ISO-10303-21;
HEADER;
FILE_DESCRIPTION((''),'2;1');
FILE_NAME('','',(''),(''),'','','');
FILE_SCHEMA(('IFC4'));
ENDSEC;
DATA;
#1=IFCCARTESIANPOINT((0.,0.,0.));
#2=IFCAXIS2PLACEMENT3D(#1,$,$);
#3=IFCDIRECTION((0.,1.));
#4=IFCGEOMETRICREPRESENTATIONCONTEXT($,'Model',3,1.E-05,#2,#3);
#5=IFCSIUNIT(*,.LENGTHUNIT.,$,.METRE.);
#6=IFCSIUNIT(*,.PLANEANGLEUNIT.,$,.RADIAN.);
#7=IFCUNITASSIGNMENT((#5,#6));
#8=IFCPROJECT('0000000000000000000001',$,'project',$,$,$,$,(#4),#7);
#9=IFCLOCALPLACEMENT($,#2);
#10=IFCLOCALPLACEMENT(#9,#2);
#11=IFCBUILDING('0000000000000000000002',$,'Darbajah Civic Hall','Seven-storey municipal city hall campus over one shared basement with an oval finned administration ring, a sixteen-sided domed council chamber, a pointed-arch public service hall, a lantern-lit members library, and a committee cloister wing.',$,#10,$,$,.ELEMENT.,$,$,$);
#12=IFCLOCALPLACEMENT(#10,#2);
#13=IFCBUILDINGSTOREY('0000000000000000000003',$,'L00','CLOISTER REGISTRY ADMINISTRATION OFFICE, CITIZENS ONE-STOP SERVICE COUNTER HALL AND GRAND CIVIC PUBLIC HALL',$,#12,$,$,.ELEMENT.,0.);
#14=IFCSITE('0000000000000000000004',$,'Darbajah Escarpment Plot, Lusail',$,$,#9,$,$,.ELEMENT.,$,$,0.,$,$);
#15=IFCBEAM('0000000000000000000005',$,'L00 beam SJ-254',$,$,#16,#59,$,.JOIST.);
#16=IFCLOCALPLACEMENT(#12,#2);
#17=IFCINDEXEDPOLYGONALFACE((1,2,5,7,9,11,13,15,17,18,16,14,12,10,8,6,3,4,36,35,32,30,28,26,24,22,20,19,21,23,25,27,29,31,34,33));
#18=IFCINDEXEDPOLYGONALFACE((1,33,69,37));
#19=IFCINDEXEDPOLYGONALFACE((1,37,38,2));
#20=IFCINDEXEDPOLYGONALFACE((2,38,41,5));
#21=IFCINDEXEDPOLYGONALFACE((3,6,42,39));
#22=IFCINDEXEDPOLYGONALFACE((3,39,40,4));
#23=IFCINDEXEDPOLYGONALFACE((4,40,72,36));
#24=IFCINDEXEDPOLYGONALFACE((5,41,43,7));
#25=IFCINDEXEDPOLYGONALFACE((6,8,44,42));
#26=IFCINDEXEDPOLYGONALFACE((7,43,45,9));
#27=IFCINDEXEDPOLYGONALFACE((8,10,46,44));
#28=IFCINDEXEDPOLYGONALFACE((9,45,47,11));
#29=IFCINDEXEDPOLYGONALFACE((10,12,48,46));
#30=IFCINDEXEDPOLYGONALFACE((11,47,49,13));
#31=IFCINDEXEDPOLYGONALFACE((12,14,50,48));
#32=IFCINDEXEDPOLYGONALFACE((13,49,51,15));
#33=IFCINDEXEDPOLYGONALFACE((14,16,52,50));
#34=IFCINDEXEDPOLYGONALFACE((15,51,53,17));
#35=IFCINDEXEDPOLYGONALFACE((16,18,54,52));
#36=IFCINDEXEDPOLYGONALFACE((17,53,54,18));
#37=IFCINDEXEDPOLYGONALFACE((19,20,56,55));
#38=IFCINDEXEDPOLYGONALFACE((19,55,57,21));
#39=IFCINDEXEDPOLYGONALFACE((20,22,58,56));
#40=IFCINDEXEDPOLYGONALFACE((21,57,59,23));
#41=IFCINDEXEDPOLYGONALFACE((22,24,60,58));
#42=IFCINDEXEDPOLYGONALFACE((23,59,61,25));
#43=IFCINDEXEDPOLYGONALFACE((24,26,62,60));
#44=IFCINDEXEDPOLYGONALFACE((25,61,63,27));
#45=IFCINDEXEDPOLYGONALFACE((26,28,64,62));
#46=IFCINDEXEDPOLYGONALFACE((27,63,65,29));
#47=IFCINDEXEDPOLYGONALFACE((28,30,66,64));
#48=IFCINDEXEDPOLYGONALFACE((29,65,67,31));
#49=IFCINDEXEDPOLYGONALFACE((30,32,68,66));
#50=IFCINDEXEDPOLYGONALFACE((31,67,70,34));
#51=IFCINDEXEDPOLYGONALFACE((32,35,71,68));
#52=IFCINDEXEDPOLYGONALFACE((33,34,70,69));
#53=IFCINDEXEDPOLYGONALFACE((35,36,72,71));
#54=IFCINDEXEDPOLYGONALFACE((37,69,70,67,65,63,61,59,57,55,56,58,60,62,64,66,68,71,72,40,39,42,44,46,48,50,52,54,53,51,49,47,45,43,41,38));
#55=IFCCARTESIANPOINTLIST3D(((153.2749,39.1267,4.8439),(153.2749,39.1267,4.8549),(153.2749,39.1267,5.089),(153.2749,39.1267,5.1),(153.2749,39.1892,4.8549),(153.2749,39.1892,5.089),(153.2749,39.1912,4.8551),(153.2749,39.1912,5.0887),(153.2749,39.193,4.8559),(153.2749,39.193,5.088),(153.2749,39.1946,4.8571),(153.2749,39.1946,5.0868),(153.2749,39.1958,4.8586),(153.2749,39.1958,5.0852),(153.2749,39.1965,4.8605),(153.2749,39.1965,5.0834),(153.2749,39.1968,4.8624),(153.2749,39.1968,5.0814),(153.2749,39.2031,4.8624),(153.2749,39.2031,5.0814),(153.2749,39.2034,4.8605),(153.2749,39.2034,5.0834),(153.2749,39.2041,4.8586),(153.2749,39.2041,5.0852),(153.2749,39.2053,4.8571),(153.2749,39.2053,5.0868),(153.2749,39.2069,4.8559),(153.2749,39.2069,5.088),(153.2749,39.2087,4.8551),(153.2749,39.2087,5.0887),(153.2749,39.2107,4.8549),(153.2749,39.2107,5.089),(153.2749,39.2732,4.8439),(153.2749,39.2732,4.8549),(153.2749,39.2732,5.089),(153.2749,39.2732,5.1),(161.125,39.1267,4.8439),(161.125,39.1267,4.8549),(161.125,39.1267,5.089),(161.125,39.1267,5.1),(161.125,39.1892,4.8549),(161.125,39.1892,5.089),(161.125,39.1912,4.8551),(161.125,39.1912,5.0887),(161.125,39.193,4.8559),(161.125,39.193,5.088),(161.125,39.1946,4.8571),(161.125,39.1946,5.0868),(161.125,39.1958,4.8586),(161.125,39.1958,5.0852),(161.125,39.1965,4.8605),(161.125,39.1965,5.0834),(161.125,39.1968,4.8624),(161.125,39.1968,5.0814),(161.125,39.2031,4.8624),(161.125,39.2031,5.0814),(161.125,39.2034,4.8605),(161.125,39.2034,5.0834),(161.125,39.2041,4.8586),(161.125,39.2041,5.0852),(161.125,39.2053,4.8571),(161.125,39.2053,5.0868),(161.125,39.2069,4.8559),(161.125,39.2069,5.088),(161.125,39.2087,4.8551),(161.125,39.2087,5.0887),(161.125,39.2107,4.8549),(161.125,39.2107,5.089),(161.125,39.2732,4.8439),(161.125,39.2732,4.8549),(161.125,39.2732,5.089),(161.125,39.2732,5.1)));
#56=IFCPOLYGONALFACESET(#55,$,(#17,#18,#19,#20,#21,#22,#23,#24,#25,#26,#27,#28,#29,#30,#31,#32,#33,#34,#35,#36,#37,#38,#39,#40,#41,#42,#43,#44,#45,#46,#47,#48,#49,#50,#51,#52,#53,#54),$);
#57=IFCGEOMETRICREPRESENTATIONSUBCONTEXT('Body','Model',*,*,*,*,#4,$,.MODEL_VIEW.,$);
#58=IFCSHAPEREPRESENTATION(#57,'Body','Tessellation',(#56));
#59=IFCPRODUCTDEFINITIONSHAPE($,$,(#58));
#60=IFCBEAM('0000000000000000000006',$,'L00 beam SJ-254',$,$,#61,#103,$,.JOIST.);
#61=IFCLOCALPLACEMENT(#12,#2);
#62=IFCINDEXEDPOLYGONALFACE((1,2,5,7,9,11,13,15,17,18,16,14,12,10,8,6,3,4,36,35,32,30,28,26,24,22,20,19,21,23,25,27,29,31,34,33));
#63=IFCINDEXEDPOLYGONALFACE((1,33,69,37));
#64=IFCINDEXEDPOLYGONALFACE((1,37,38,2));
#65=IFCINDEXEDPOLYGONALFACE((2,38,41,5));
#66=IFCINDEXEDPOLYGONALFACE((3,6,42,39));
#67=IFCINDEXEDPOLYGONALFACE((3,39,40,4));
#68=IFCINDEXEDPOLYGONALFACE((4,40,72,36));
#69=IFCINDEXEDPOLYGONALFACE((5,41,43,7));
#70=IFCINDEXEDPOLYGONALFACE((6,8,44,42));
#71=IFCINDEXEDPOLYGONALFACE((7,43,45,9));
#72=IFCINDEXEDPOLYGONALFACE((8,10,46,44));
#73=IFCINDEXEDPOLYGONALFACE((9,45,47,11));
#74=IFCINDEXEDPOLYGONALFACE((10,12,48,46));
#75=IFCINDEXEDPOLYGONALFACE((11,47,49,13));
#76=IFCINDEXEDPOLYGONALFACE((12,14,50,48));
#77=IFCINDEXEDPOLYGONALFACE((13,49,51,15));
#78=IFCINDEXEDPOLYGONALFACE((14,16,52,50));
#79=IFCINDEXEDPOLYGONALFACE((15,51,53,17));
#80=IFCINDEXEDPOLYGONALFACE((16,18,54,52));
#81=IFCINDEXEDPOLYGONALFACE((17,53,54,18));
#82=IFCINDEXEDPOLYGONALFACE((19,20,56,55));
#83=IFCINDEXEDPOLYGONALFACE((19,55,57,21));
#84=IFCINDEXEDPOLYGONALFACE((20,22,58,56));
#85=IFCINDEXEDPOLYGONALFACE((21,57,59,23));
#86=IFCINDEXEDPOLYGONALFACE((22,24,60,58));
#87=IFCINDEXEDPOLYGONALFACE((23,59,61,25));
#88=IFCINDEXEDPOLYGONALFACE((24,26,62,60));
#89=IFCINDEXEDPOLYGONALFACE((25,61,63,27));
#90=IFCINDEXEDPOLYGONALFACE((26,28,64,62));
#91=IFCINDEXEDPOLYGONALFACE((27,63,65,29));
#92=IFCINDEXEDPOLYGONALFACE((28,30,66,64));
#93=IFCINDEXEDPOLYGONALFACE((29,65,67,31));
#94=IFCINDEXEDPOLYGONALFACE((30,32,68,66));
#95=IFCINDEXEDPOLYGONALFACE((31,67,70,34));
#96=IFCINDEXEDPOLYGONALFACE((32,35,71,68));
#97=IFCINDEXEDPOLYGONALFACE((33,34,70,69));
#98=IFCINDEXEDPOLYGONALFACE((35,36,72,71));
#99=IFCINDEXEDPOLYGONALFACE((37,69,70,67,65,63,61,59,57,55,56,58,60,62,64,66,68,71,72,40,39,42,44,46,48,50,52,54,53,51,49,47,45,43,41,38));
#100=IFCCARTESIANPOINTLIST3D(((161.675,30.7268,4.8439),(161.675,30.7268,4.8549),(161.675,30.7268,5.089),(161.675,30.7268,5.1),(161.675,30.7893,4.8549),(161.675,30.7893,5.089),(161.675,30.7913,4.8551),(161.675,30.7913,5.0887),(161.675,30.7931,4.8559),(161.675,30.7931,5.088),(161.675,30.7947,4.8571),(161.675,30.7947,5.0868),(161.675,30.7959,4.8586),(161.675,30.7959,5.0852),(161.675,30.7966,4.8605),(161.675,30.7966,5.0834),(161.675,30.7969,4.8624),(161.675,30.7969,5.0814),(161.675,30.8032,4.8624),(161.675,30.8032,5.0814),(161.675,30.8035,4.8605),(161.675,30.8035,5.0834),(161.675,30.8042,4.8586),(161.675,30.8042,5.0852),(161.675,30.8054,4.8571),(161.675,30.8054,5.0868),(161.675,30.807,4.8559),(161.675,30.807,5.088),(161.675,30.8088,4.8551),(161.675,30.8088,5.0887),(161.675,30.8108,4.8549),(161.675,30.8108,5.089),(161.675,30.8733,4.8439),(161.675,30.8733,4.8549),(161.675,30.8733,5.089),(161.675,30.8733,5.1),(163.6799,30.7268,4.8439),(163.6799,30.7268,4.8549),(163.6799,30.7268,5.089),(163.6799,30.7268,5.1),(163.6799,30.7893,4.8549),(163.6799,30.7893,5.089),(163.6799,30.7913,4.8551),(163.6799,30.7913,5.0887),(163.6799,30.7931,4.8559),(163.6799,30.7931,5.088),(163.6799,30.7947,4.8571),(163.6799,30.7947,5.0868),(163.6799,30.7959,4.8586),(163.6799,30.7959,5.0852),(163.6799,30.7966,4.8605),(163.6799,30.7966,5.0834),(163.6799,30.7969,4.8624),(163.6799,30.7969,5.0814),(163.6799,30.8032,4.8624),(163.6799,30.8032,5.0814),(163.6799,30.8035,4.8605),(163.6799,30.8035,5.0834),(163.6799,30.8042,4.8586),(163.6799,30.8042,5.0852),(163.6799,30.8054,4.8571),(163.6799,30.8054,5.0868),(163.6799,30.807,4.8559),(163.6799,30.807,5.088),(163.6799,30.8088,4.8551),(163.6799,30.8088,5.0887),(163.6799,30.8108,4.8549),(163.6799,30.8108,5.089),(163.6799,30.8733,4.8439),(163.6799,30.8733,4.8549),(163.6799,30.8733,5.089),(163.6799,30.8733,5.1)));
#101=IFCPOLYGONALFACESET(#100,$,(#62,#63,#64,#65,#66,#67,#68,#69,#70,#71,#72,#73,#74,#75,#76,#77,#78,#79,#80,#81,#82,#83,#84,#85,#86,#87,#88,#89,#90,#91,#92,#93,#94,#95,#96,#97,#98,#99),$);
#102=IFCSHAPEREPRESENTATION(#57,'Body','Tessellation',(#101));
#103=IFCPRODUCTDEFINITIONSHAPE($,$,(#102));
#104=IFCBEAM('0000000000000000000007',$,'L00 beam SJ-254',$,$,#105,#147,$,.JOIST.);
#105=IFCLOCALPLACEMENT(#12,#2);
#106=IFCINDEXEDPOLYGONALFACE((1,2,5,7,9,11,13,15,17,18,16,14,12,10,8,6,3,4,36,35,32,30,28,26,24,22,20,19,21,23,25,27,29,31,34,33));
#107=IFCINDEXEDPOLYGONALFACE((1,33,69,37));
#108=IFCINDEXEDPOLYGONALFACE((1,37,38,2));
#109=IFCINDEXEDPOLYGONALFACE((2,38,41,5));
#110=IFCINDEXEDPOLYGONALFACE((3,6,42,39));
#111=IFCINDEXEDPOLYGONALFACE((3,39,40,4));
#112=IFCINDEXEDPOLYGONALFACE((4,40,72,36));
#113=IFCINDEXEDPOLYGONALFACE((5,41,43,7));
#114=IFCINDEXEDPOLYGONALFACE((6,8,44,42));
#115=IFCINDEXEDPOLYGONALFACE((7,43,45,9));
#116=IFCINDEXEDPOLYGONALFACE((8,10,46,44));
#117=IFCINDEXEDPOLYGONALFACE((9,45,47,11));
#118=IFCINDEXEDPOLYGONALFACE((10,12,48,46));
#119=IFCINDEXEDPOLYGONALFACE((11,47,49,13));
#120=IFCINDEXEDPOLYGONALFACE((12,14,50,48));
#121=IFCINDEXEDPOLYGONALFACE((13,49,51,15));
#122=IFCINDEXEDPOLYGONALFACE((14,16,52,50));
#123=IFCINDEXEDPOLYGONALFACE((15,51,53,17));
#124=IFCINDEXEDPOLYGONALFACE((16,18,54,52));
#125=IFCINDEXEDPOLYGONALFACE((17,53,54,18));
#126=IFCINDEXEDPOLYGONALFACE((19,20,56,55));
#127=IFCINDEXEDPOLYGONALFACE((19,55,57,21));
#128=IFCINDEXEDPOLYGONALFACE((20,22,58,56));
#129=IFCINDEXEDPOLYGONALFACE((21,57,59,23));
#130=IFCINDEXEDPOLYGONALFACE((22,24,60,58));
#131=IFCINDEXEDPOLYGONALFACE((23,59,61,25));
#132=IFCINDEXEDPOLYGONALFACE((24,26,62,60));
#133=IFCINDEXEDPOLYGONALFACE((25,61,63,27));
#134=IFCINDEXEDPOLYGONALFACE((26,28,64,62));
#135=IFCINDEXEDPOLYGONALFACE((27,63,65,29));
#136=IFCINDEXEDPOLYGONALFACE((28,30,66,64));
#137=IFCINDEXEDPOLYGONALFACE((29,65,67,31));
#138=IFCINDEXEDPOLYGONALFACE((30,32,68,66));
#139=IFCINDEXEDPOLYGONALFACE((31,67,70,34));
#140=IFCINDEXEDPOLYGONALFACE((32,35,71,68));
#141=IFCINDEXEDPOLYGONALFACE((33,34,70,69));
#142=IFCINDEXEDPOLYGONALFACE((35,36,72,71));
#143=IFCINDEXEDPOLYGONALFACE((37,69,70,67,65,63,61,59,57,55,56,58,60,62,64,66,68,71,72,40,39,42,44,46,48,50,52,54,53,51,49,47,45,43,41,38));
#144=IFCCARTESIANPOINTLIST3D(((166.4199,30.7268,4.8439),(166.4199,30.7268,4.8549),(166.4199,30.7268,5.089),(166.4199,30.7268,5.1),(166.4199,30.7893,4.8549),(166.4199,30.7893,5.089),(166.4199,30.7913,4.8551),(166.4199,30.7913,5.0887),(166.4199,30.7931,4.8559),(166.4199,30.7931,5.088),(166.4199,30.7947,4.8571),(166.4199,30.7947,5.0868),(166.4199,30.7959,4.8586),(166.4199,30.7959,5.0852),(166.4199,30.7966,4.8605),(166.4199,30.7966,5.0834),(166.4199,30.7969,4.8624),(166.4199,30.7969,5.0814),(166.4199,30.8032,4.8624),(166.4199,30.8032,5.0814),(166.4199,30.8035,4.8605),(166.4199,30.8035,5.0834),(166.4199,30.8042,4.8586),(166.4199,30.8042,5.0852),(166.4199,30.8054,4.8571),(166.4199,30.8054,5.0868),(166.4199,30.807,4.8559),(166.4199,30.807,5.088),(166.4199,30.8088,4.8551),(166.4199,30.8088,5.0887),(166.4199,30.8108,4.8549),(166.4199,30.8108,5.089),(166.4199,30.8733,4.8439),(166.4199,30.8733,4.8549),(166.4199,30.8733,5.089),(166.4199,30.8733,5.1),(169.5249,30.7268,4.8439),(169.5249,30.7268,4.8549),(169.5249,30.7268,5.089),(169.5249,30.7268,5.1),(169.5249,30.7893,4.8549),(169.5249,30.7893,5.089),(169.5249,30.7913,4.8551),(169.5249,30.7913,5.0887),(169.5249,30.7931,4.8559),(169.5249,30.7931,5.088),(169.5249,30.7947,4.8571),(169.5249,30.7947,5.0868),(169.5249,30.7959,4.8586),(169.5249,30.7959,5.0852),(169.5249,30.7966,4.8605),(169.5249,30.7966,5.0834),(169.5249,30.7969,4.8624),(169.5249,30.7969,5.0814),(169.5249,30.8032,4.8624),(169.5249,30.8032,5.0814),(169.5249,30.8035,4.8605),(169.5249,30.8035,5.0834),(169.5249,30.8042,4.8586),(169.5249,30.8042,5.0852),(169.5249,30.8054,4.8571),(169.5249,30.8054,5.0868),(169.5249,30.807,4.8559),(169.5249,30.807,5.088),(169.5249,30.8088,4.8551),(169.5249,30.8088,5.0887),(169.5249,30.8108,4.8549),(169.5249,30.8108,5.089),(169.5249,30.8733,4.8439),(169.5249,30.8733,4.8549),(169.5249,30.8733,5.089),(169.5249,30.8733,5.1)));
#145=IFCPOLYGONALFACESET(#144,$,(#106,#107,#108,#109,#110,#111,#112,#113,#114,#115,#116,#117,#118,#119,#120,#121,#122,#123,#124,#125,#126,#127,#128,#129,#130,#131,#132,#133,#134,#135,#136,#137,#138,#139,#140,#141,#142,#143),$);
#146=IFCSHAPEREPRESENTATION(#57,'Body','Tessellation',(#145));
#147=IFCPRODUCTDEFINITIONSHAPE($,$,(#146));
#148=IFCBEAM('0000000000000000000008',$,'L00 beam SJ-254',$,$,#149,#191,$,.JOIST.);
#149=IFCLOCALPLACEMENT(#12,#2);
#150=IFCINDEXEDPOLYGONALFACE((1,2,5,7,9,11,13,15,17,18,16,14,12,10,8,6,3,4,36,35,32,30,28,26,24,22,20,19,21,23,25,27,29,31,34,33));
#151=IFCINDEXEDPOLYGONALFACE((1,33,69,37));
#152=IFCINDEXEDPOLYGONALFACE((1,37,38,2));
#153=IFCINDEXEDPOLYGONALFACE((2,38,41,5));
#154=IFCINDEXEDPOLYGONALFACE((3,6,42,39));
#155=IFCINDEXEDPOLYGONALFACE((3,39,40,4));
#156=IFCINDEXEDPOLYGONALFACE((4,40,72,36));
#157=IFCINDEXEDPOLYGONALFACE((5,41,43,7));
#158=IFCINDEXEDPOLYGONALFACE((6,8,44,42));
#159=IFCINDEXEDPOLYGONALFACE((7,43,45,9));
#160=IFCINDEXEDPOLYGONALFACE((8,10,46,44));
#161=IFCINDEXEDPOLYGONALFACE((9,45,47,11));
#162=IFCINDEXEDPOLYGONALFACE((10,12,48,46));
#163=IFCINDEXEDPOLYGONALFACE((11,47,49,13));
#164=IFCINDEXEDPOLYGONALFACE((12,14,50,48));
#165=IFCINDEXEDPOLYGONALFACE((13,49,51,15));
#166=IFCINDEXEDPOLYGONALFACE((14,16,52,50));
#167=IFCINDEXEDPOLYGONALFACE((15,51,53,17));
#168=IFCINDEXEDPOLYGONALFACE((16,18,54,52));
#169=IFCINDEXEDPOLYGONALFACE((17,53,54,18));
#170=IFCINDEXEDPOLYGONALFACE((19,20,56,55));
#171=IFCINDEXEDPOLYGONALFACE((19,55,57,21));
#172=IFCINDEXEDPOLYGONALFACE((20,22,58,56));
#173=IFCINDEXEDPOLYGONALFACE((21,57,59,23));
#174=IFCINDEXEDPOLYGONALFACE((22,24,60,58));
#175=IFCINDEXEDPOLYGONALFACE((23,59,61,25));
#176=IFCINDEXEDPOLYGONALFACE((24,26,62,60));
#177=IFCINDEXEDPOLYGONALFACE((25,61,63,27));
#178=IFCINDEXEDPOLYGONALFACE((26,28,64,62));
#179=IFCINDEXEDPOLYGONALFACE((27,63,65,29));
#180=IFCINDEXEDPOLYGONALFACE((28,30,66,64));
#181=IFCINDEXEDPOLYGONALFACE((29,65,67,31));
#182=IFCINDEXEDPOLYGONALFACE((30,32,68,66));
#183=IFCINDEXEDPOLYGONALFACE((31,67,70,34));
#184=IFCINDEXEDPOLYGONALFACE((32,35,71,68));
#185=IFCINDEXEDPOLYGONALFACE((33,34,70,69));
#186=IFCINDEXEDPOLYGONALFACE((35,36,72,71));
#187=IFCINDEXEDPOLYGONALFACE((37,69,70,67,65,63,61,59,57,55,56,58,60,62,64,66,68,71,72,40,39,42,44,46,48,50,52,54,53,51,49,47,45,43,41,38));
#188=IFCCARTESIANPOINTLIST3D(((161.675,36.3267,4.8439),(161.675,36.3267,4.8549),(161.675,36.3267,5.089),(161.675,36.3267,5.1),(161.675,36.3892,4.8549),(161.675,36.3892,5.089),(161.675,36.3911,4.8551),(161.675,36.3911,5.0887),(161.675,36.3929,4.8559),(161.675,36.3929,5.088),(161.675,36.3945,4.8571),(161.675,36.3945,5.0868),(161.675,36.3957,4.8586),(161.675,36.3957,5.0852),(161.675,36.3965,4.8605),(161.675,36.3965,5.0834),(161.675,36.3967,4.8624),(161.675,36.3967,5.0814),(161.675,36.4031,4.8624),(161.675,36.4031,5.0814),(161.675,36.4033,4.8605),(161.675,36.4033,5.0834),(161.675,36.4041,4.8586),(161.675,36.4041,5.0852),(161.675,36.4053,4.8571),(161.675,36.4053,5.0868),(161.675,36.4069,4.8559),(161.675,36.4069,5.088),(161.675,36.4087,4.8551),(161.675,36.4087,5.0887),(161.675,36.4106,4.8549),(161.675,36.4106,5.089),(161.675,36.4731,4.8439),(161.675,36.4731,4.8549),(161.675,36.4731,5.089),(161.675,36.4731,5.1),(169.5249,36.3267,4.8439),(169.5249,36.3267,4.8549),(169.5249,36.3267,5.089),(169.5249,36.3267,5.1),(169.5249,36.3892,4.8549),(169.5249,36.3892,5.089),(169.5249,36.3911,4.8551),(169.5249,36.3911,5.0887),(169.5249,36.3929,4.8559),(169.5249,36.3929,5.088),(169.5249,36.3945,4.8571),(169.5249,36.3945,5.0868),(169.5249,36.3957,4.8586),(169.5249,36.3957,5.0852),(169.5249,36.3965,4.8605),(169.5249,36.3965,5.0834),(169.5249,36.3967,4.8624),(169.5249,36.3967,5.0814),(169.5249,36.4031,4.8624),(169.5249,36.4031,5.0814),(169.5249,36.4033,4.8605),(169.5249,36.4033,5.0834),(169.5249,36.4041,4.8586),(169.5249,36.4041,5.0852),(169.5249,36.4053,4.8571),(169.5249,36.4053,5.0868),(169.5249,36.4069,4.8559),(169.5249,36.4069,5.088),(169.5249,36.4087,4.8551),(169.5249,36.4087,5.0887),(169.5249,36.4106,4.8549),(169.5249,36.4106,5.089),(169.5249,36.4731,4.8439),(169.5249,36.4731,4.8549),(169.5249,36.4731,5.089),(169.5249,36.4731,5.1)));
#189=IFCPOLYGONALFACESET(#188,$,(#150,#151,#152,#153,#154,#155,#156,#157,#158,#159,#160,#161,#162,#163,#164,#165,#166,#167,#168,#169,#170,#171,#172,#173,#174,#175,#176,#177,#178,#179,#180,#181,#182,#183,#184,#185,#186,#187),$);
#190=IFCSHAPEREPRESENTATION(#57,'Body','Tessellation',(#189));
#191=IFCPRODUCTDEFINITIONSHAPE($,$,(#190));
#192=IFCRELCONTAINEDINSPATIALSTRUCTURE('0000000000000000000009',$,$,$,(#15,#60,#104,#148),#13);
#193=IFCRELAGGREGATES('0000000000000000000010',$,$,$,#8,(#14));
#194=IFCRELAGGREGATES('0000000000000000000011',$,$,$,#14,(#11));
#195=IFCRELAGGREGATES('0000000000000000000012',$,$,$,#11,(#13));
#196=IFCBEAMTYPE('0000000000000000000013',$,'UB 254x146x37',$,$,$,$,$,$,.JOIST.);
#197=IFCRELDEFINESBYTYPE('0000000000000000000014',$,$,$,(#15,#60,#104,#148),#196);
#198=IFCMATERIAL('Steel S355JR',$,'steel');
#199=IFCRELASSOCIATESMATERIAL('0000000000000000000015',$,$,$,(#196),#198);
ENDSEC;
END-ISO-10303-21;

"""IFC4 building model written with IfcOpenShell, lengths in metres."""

from ifc_helpers import new_model, si_unit, direction, frame, origin, origin_2d, place, context, subcontext, project, spatial, i_section, extrude, material, material_profile, profile_set, type_object, element, save


model = new_model("IFC4")

# Units and contexts
model_context = context("Model", 3, precision=1e-05, world=origin(), true_north=direction((0.0, 1.0)))
body_context = subcontext(model_context, "Body", "Model", "MODEL_VIEW")
ifc_project = project(units=[si_unit("LENGTHUNIT", "METRE"), si_unit("PLANEANGLEUNIT", "RADIAN")], contexts=[model_context])

# Site, building, storey
site_placement = place(None, origin())
site = spatial("IfcSite", under=ifc_project, at=site_placement, Name="Darbajah Escarpment Plot, Lusail", CompositionType="ELEMENT", RefElevation=0.0)
building_placement = place(site_placement, origin())
building = spatial("IfcBuilding", under=site, at=building_placement, Name="Darbajah Civic Hall", Description="Seven-storey municipal city hall campus over one shared basement with an oval finned administration ring, a sixteen-sided domed council chamber, a pointed-arch public service hall, a lantern-lit members library, and a committee cloister wing.", CompositionType="ELEMENT")
storey_placement = place(building_placement, origin())
storey = spatial("IfcBuildingStorey", under=building, at=storey_placement, Name="L00", Description="CLOISTER REGISTRY ADMINISTRATION OFFICE, CITIZENS ONE-STOP SERVICE COUNTER HALL AND GRAND CIVIC PUBLIC HALL", CompositionType="ELEMENT", Elevation=0.0)

# Beams
ifc_material_1 = material(Name="Steel S355JR", Category="steel")
ifc_material_profile_1 = material_profile(ifc_material_1, i_section(OverallWidth=0.1465, OverallDepth=0.2561, WebThickness=0.0063, FlangeThickness=0.011, FilletRadius=0.0076, at=origin_2d()), Name="UB 254x146x37")
ifc_profile_set_1 = profile_set([ifc_material_profile_1], Name="Steel S355JR")
beam_type_1 = type_object("IfcBeamType", Name="UB 254x146x37", PredefinedType="JOIST", material=ifc_profile_set_1)
for number, where, z_axis, x_axis, name in (
    (1, (153.2749, 39.2, 4.9719), (1.0, 0.0, 0.0), (0.0, 1.0, 0.0), "L00 beam SJ-254"),
):
    element("IfcBeam", number, at=place(storey_placement, frame(where, z_axis=z_axis, x_axis=x_axis)), inside=storey, type_object=beam_type_1, Name=name, PredefinedType="JOIST", context=body_context, shape_type="SweptSolid", body=[
        extrude(i_section(OverallWidth=0.1465, OverallDepth=0.2561, WebThickness=0.0063, FlangeThickness=0.011, FilletRadius=0.0076, at=origin_2d()), origin(), (0.0, 0.0, 1.0), 7.8501),
    ])
beam_1_placement = place(storey_placement, frame((161.675, 30.8, 4.9719), z_axis=(1.0, 0.0, 0.0), x_axis=(0.0, 1.0, 0.0)))
element("IfcBeam", 2, at=beam_1_placement, inside=storey, type_object=beam_type_1, Name="L00 beam SJ-254", PredefinedType="JOIST", context=body_context, shape_type="SweptSolid", body=[
    extrude(i_section(OverallWidth=0.1465, OverallDepth=0.2561, WebThickness=0.0063, FlangeThickness=0.011, FilletRadius=0.0076, at=origin_2d()), origin(), (0.0, 0.0, 1.0), 2.0049),
])
beam_2_placement = place(storey_placement, frame((166.4199, 30.8, 4.9719), z_axis=(1.0, 0.0, 0.0), x_axis=(0.0, 1.0, 0.0)))
element("IfcBeam", 3, at=beam_2_placement, inside=storey, type_object=beam_type_1, Name="L00 beam SJ-254", PredefinedType="JOIST", context=body_context, shape_type="SweptSolid", body=[
    extrude(i_section(OverallWidth=0.1465, OverallDepth=0.2561, WebThickness=0.0063, FlangeThickness=0.011, FilletRadius=0.0076, at=origin_2d()), origin(), (0.0, 0.0, 1.0), 3.105),
])
for number, where, z_axis, x_axis, name in (
    (4, (161.675, 36.3999, 4.9719), (1.0, 0.0, 0.0), (0.0, 1.0, 0.0), "L00 beam SJ-254"),
):
    element("IfcBeam", number, at=place(storey_placement, frame(where, z_axis=z_axis, x_axis=x_axis)), inside=storey, type_object=beam_type_1, Name=name, PredefinedType="JOIST", context=body_context, shape_type="SweptSolid", body=[
        extrude(i_section(OverallWidth=0.1465, OverallDepth=0.2561, WebThickness=0.0063, FlangeThickness=0.011, FilletRadius=0.0076, at=origin_2d()), origin(), (0.0, 0.0, 1.0), 7.8499),
    ])

save(model, "model.ifc")
